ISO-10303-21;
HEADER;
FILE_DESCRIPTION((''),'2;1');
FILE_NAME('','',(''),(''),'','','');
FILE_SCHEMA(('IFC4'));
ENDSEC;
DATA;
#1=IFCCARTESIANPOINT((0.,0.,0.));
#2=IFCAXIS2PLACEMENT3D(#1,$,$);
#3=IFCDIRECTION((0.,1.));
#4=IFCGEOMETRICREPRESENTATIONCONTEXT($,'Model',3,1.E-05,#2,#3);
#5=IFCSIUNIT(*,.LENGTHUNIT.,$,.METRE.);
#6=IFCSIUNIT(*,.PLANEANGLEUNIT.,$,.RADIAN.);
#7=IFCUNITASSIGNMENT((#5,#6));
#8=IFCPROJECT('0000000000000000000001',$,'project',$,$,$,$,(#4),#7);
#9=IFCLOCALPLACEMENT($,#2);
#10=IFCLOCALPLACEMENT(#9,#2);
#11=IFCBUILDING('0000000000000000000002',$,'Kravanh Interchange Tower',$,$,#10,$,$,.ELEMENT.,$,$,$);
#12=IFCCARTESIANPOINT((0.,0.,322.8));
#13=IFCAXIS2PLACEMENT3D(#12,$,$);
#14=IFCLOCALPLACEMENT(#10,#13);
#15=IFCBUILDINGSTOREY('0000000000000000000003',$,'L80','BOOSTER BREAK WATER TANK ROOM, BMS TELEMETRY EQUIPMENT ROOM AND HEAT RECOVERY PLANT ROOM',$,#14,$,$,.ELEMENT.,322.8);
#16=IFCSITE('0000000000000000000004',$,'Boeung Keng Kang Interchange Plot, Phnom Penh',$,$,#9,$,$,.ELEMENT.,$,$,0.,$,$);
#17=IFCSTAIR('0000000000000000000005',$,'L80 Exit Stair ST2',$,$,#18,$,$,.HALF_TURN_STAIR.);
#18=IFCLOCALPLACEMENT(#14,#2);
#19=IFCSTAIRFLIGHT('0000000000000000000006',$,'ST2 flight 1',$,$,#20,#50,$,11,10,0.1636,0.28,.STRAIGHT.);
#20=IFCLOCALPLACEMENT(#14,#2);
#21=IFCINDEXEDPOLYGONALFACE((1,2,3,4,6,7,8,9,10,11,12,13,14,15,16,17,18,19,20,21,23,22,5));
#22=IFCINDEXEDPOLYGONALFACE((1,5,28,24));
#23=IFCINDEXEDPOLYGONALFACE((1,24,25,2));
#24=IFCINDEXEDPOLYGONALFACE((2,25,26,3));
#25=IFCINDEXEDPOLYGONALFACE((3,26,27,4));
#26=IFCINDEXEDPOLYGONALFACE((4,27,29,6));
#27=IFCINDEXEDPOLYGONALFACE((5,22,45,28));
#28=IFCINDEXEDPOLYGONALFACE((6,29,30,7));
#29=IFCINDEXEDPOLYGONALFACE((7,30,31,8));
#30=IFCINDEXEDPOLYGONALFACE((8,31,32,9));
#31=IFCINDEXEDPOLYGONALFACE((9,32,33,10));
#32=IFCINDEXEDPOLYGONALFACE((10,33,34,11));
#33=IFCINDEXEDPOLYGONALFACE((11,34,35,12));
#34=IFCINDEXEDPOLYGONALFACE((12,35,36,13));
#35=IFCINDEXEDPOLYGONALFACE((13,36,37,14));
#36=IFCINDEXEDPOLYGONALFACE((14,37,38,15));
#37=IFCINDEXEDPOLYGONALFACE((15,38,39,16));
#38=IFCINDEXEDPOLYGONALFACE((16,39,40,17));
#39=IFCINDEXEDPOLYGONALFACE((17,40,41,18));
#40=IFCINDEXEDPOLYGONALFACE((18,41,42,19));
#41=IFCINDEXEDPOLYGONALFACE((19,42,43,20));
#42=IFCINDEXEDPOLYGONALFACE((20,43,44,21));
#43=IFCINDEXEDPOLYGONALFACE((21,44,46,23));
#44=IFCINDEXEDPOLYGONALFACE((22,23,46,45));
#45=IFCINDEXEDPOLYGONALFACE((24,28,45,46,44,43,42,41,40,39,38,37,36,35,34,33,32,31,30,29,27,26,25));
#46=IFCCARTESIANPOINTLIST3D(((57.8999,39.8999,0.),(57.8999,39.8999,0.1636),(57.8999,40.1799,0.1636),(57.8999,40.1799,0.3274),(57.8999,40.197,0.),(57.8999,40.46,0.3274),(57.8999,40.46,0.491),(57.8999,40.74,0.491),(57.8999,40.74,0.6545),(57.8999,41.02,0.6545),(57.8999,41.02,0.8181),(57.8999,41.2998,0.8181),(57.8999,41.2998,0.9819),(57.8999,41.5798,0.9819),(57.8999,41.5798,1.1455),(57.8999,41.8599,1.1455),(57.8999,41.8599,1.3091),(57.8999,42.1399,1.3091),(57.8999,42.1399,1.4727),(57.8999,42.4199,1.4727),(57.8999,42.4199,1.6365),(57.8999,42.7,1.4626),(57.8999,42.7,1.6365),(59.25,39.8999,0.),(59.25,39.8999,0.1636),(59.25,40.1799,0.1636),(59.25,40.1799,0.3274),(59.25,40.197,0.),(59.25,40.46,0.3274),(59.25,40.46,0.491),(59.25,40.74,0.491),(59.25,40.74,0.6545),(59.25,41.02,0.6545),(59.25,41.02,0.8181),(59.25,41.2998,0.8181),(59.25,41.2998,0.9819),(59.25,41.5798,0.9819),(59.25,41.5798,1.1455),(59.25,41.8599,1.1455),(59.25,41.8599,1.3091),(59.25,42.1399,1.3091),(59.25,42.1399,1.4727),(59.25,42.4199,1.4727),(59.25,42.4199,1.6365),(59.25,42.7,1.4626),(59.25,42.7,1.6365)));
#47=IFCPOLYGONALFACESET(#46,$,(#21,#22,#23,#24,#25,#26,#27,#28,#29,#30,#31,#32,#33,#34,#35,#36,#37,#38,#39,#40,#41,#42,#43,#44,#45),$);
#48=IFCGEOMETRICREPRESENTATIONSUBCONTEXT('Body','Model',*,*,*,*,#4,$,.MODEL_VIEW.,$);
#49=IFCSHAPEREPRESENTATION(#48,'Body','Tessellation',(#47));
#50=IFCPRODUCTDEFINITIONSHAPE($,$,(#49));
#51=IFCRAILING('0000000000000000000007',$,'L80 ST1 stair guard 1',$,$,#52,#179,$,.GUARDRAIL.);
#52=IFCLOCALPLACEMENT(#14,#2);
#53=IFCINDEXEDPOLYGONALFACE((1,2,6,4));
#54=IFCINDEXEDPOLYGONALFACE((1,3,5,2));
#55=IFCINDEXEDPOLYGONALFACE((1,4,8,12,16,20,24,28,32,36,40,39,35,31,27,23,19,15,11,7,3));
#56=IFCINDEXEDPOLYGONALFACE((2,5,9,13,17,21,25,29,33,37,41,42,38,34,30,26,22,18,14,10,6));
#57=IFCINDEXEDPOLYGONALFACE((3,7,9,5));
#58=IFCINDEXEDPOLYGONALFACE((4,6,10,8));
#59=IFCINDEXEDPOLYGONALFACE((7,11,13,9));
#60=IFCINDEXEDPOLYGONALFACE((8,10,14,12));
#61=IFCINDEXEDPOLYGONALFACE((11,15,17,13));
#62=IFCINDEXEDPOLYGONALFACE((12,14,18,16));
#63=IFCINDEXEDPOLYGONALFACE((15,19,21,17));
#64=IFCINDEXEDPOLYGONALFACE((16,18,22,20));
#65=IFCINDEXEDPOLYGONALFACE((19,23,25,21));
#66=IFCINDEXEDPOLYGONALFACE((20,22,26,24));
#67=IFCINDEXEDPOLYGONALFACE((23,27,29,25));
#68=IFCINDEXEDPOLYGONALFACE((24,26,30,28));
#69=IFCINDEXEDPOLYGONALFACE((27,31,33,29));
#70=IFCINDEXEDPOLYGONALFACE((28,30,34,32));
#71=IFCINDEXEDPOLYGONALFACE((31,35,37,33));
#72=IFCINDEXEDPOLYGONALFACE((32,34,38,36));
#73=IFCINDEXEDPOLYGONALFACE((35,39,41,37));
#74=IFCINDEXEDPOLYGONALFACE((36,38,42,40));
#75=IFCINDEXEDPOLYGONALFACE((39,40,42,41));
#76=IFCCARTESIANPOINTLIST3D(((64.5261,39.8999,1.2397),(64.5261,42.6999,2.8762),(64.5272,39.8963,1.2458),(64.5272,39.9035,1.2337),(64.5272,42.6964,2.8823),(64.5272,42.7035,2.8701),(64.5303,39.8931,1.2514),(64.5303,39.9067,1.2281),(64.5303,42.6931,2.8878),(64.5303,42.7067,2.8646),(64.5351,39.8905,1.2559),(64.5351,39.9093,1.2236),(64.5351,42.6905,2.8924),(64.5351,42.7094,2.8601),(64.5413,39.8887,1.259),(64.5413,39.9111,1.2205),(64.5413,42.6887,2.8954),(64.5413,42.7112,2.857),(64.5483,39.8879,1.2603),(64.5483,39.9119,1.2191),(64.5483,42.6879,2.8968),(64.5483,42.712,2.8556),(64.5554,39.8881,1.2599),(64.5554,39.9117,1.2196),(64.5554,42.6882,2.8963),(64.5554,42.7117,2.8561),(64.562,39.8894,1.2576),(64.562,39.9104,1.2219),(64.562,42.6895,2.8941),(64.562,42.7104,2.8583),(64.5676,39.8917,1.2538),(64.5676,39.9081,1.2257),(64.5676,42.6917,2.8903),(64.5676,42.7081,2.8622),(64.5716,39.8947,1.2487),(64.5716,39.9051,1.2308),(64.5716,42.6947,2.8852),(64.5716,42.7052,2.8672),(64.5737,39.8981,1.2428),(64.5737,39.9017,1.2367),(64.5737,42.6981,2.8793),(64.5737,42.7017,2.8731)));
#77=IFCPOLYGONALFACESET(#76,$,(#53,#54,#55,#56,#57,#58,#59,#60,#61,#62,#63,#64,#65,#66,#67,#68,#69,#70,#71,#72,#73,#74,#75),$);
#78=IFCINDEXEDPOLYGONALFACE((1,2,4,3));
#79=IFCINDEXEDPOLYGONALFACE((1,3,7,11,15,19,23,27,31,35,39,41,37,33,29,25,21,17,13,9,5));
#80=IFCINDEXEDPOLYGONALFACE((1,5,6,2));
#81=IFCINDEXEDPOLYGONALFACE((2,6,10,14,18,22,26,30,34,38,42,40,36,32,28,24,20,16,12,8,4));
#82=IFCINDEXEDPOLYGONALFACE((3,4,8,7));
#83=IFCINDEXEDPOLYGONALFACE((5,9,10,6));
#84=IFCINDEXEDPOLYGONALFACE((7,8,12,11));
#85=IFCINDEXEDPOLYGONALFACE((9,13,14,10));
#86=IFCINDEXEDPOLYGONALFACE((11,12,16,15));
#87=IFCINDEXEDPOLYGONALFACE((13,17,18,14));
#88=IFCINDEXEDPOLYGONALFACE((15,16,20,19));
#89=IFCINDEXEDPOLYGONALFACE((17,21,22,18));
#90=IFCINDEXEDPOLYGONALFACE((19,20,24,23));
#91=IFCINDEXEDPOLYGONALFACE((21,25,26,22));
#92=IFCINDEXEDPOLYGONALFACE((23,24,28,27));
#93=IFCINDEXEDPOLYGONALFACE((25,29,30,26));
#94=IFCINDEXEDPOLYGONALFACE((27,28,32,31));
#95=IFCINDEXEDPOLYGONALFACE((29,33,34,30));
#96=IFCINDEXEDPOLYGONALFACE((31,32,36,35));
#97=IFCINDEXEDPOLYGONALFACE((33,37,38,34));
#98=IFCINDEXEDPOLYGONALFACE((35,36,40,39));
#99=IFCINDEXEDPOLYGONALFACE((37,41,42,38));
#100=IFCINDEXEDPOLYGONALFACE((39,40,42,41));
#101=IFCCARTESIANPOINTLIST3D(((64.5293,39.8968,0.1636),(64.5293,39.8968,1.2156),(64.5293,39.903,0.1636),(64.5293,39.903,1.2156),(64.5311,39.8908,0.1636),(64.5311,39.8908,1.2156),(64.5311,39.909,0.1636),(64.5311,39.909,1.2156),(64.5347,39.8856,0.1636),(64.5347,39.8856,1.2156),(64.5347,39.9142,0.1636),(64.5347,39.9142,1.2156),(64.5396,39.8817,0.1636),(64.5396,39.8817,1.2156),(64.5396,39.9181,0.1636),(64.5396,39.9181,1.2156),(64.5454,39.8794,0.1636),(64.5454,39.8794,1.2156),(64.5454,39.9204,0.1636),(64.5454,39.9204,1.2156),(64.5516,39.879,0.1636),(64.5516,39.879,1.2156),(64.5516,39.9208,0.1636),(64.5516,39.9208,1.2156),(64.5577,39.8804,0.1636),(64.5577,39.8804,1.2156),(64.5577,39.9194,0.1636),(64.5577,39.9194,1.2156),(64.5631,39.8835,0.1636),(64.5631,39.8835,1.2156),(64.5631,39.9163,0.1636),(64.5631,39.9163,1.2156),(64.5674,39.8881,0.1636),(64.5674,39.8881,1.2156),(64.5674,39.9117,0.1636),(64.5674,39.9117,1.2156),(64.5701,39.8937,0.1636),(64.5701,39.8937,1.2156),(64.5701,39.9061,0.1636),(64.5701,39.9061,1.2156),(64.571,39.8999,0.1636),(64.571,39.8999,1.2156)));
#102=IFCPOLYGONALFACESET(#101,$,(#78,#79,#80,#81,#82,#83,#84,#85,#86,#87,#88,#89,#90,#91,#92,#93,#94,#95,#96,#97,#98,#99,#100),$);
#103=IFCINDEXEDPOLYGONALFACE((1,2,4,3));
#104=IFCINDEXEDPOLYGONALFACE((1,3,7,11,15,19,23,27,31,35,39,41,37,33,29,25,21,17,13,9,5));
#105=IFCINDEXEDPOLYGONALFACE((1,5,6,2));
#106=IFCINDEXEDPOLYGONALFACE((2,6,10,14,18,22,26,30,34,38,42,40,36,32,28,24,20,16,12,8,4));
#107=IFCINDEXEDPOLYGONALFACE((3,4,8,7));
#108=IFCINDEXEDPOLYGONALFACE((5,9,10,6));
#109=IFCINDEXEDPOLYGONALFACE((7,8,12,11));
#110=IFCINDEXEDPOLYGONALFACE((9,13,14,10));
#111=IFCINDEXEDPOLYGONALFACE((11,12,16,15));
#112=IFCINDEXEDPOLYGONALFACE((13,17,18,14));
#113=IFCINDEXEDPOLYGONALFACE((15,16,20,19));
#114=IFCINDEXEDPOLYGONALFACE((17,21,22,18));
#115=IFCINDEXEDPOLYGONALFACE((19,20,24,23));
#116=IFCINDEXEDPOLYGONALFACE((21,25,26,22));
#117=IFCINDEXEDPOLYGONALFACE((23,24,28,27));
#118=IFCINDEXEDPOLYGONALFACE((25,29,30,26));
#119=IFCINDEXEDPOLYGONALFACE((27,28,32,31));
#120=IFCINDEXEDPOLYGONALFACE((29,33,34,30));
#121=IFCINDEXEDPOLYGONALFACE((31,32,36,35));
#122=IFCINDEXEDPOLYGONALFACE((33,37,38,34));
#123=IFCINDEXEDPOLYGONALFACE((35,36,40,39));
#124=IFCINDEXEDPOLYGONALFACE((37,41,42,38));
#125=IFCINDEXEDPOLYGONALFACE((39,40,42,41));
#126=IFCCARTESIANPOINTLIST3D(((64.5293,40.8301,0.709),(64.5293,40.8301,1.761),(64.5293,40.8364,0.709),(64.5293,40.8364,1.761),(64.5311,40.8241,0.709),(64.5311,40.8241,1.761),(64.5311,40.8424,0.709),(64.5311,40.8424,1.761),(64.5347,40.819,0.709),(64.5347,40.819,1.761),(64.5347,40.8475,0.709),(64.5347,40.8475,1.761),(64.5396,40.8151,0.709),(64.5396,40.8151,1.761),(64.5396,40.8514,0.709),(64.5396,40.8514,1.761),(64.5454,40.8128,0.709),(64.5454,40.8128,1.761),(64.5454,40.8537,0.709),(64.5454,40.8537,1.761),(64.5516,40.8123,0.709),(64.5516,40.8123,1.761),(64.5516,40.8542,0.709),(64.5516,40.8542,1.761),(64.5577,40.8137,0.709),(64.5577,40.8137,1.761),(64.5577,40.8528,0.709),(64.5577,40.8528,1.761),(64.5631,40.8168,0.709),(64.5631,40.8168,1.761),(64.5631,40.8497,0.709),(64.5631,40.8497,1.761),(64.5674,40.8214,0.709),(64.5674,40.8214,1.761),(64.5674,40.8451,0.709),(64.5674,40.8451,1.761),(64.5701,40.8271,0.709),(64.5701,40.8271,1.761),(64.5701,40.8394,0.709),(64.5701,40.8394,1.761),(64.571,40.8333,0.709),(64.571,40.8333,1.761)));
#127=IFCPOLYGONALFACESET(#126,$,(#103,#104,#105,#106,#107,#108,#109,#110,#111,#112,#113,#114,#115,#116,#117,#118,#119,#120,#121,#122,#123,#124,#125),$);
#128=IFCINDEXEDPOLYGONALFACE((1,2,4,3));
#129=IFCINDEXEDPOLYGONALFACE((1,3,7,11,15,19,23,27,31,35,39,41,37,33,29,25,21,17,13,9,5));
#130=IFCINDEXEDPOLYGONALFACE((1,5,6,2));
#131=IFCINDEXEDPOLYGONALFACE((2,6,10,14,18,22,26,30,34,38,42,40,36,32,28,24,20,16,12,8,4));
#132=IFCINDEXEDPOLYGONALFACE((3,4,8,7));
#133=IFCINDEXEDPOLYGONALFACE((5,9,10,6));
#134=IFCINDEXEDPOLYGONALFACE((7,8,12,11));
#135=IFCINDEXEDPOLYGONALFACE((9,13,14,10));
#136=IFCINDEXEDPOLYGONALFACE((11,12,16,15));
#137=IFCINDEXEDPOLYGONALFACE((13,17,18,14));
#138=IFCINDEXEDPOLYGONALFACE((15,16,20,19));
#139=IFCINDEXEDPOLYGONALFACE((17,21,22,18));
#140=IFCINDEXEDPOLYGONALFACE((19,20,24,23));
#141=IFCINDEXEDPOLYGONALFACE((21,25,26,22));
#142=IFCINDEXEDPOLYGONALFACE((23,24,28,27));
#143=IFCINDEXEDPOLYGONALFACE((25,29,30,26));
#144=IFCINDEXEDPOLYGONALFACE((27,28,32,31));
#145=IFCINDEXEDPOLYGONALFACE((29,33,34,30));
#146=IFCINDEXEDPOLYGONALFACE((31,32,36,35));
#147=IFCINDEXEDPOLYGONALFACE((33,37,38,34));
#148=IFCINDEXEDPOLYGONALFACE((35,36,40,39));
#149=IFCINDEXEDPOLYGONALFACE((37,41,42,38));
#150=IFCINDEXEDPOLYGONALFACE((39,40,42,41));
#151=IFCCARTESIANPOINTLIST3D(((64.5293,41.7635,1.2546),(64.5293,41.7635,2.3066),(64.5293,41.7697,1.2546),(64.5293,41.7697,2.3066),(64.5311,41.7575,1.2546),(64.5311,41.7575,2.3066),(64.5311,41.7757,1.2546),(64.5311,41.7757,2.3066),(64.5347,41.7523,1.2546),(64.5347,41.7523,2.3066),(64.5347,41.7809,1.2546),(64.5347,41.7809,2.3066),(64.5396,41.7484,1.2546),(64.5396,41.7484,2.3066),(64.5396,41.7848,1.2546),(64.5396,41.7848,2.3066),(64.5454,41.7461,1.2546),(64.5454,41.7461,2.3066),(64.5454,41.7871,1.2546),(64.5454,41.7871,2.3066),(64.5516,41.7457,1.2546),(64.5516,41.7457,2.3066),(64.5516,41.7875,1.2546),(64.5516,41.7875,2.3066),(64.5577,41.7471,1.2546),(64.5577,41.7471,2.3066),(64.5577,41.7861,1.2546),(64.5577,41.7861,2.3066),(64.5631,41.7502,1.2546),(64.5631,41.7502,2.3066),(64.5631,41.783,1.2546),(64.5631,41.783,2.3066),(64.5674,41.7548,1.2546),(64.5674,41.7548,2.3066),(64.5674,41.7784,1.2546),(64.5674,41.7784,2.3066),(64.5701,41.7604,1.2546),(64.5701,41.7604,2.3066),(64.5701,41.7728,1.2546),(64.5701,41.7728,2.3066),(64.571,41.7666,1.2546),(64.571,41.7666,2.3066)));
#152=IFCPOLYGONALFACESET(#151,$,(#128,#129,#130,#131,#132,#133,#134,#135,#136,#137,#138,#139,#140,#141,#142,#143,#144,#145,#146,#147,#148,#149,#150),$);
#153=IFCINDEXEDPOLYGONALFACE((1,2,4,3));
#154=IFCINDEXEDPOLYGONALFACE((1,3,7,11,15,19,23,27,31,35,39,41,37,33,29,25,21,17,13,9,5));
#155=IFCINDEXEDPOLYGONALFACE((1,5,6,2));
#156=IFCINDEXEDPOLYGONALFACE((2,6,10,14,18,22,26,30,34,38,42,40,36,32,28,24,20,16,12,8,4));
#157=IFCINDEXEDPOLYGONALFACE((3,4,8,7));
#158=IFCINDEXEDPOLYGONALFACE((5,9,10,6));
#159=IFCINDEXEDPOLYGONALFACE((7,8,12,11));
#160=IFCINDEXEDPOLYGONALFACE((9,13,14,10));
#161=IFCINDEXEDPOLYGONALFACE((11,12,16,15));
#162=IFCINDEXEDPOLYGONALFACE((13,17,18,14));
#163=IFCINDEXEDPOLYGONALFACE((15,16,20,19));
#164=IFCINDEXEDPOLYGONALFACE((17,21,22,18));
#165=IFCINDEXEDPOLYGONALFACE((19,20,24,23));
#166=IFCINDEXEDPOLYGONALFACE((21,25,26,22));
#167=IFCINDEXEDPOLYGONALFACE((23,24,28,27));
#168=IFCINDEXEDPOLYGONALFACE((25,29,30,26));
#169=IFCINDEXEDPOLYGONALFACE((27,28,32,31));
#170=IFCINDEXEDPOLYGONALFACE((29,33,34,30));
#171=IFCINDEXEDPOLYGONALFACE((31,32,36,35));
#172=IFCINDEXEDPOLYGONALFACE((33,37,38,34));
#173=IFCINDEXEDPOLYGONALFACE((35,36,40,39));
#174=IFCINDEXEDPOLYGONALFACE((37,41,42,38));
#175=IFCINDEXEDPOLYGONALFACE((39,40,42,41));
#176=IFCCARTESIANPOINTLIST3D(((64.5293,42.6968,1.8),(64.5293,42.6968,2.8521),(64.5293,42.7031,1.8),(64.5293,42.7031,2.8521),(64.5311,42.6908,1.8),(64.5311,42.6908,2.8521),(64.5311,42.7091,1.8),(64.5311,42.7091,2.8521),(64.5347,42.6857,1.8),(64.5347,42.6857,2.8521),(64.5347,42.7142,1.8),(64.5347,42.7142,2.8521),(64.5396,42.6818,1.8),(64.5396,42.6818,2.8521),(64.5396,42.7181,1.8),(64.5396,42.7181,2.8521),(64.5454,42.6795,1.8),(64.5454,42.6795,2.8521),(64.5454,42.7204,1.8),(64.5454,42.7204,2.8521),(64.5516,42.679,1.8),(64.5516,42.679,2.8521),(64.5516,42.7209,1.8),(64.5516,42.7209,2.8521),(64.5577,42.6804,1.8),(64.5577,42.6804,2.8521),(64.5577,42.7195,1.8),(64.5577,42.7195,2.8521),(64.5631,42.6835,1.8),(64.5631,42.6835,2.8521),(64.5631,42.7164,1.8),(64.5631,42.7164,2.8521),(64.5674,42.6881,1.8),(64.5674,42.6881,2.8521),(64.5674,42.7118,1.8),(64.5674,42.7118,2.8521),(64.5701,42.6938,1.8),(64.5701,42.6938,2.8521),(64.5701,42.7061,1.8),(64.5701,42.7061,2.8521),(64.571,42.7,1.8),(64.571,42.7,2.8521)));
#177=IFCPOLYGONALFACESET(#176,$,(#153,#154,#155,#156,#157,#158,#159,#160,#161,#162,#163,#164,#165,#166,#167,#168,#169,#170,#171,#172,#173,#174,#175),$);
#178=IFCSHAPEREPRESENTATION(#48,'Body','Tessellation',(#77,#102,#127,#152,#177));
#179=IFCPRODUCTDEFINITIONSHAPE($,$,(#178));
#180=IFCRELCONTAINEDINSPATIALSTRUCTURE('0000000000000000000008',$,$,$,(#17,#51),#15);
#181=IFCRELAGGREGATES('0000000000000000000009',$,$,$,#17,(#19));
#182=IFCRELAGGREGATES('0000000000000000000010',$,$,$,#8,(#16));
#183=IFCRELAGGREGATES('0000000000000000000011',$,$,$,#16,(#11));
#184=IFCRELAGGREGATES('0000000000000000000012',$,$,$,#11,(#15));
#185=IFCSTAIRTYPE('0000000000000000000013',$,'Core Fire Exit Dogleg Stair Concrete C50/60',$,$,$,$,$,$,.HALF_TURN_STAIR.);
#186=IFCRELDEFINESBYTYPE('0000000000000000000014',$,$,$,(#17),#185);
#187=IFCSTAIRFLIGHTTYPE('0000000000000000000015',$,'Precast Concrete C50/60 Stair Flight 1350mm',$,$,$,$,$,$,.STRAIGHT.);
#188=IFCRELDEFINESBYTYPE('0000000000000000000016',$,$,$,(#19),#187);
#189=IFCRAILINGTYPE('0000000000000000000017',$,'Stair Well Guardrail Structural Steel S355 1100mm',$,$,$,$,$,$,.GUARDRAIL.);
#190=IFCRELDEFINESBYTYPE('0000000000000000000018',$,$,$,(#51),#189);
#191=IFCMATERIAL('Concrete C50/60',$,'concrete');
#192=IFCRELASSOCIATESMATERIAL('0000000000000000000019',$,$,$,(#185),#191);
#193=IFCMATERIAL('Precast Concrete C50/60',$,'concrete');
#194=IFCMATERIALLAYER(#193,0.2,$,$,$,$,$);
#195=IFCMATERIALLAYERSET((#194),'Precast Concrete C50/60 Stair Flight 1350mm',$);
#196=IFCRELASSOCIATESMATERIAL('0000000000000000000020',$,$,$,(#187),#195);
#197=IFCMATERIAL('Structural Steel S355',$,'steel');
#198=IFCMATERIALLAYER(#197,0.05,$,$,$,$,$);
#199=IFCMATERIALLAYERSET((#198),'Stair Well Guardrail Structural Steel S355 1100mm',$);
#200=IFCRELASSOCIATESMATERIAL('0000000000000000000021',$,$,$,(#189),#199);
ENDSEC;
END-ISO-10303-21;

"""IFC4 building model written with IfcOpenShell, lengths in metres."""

from ifc_helpers import new_model, si_unit, direction, frame, origin, origin_2d, place, context, subcontext, project, spatial, polyline, circle, outline, extrude, material, layer, layer_set, type_object, element, aggregate, save


model = new_model("IFC4")

# Units and contexts
model_context = context("Model", 3, precision=1e-05, world=origin(), true_north=direction((0.0, 1.0)))
body_context = subcontext(model_context, "Body", "Model", "MODEL_VIEW")
ifc_project = project(units=[si_unit("LENGTHUNIT", "METRE"), si_unit("PLANEANGLEUNIT", "RADIAN")], contexts=[model_context])

# Site, building, storey
site_placement = place(None, origin())
site = spatial("IfcSite", under=ifc_project, at=site_placement, Name="Boeung Keng Kang Interchange Plot, Phnom Penh", CompositionType="ELEMENT", RefElevation=0.0)
building_placement = place(site_placement, origin())
building = spatial("IfcBuilding", under=site, at=building_placement, Name="Kravanh Interchange Tower", CompositionType="ELEMENT")
storey_placement = place(building_placement, frame((0.0, 0.0, 322.8)))
storey = spatial("IfcBuildingStorey", under=building, at=storey_placement, Name="L80", Description="BOOSTER BREAK WATER TANK ROOM, BMS TELEMETRY EQUIPMENT ROOM AND HEAT RECOVERY PLANT ROOM", CompositionType="ELEMENT", Elevation=322.8)

# Shared definitions
ifc_material_1 = material(Name="Concrete C50/60", Category="concrete")
stair_type = type_object("IfcStairType", Name="Core Fire Exit Dogleg Stair Concrete C50/60", PredefinedType="HALF_TURN_STAIR", material=ifc_material_1)
ifc_material_2 = material(Name="Precast Concrete C50/60", Category="concrete")
ifc_layer_1 = layer(ifc_material_2, 0.2)
ifc_layer_set_1 = layer_set([ifc_layer_1], Name="Precast Concrete C50/60 Stair Flight 1350mm")
stair_flight_type = type_object("IfcStairFlightType", Name="Precast Concrete C50/60 Stair Flight 1350mm", PredefinedType="STRAIGHT", material=ifc_layer_set_1)

# Stair, stair flight
stair_1_placement = place(storey_placement, origin())
stair_1 = element("IfcStair", 1, at=stair_1_placement, inside=storey, type_object=stair_type, Name="L80 Exit Stair ST2", PredefinedType="HALF_TURN_STAIR")
stair_flight_1_placement = place(storey_placement, frame((58.575, 39.8999, 0.0), z_axis=(0.0, 0.0, 1.0), x_axis=(0.0, 1.0, 0.0)))
stair_flight_1 = element("IfcStairFlight", 2, at=stair_flight_1_placement, type_object=stair_flight_type, Name="ST2 flight 1", NumberOfRisers=11, NumberOfTreads=10, PredefinedType="STRAIGHT", RiserHeight=0.1636, TreadLength=0.28, context=body_context, shape_type="SweptSolid", body=[
    extrude(outline(polyline([(0.0, 0.0), (0.0, 0.1636), (0.28, 0.1636), (0.28, 0.3274), (0.5601, 0.3274), (0.5601, 0.491), (0.8401, 0.491), (0.8401, 0.6545), (1.1201, 0.6545), (1.1201, 0.8181), (1.3999, 0.8181), (1.3999, 0.9819), (1.6799, 0.9819), (1.6799, 1.1455), (1.96, 1.1455), (1.96, 1.3091), (2.24, 1.3091), (2.24, 1.4727), (2.52, 1.4727), (2.52, 1.6365), (2.8, 1.6365), (2.8, 1.8), (2.8, 1.4626), (0.2971, 0.0), (0.0, 0.0)])), frame((0.0, 0.675, 0.0), z_axis=(0.0, -1.0, 0.0), x_axis=(1.0, 0.0, 0.0)), (0.0, 0.0, 1.0), 1.3501),
])
aggregate(stair_1, [stair_flight_1])

# Railing
ifc_material_3 = material(Name="Structural Steel S355", Category="steel")
ifc_layer_2 = layer(ifc_material_3, 0.05)
ifc_layer_set_2 = layer_set([ifc_layer_2], Name="Stair Well Guardrail Structural Steel S355 1100mm")
railing_type_1 = type_object("IfcRailingType", Name="Stair Well Guardrail Structural Steel S355 1100mm", PredefinedType="GUARDRAIL", material=ifc_layer_set_2)
railing_1_placement = place(storey_placement, frame((64.55, 39.8999, 0.1636)))
element("IfcRailing", 3, at=railing_1_placement, inside=storey, type_object=railing_type_1, Name="L80 ST1 stair guard 1", PredefinedType="GUARDRAIL", context=body_context, shape_type="SweptSolid", body=[
    extrude(circle(Radius=0.0239, at=origin_2d()), frame((0.0, 0.0, 1.0762), z_axis=(0.0, 0.863361, 0.504587), x_axis=(-1.0, 0.0, 0.0)), (0.0, 0.0, 1.0), 3.2432),
    extrude(circle(Radius=0.021, at=origin_2d()), origin(), (0.0, 0.0, 1.0), 1.052),
    extrude(circle(Radius=0.021, at=origin_2d()), frame((0.0, 0.9333, 0.5454)), (0.0, 0.0, 1.0), 1.052),
    extrude(circle(Radius=0.021, at=origin_2d()), frame((0.0, 1.8667, 1.0911)), (0.0, 0.0, 1.0), 1.052),
    extrude(circle(Radius=0.021, at=origin_2d()), frame((0.0, 2.8, 1.6365)), (0.0, 0.0, 1.0), 1.052),
])

save(model, "model.ifc")
